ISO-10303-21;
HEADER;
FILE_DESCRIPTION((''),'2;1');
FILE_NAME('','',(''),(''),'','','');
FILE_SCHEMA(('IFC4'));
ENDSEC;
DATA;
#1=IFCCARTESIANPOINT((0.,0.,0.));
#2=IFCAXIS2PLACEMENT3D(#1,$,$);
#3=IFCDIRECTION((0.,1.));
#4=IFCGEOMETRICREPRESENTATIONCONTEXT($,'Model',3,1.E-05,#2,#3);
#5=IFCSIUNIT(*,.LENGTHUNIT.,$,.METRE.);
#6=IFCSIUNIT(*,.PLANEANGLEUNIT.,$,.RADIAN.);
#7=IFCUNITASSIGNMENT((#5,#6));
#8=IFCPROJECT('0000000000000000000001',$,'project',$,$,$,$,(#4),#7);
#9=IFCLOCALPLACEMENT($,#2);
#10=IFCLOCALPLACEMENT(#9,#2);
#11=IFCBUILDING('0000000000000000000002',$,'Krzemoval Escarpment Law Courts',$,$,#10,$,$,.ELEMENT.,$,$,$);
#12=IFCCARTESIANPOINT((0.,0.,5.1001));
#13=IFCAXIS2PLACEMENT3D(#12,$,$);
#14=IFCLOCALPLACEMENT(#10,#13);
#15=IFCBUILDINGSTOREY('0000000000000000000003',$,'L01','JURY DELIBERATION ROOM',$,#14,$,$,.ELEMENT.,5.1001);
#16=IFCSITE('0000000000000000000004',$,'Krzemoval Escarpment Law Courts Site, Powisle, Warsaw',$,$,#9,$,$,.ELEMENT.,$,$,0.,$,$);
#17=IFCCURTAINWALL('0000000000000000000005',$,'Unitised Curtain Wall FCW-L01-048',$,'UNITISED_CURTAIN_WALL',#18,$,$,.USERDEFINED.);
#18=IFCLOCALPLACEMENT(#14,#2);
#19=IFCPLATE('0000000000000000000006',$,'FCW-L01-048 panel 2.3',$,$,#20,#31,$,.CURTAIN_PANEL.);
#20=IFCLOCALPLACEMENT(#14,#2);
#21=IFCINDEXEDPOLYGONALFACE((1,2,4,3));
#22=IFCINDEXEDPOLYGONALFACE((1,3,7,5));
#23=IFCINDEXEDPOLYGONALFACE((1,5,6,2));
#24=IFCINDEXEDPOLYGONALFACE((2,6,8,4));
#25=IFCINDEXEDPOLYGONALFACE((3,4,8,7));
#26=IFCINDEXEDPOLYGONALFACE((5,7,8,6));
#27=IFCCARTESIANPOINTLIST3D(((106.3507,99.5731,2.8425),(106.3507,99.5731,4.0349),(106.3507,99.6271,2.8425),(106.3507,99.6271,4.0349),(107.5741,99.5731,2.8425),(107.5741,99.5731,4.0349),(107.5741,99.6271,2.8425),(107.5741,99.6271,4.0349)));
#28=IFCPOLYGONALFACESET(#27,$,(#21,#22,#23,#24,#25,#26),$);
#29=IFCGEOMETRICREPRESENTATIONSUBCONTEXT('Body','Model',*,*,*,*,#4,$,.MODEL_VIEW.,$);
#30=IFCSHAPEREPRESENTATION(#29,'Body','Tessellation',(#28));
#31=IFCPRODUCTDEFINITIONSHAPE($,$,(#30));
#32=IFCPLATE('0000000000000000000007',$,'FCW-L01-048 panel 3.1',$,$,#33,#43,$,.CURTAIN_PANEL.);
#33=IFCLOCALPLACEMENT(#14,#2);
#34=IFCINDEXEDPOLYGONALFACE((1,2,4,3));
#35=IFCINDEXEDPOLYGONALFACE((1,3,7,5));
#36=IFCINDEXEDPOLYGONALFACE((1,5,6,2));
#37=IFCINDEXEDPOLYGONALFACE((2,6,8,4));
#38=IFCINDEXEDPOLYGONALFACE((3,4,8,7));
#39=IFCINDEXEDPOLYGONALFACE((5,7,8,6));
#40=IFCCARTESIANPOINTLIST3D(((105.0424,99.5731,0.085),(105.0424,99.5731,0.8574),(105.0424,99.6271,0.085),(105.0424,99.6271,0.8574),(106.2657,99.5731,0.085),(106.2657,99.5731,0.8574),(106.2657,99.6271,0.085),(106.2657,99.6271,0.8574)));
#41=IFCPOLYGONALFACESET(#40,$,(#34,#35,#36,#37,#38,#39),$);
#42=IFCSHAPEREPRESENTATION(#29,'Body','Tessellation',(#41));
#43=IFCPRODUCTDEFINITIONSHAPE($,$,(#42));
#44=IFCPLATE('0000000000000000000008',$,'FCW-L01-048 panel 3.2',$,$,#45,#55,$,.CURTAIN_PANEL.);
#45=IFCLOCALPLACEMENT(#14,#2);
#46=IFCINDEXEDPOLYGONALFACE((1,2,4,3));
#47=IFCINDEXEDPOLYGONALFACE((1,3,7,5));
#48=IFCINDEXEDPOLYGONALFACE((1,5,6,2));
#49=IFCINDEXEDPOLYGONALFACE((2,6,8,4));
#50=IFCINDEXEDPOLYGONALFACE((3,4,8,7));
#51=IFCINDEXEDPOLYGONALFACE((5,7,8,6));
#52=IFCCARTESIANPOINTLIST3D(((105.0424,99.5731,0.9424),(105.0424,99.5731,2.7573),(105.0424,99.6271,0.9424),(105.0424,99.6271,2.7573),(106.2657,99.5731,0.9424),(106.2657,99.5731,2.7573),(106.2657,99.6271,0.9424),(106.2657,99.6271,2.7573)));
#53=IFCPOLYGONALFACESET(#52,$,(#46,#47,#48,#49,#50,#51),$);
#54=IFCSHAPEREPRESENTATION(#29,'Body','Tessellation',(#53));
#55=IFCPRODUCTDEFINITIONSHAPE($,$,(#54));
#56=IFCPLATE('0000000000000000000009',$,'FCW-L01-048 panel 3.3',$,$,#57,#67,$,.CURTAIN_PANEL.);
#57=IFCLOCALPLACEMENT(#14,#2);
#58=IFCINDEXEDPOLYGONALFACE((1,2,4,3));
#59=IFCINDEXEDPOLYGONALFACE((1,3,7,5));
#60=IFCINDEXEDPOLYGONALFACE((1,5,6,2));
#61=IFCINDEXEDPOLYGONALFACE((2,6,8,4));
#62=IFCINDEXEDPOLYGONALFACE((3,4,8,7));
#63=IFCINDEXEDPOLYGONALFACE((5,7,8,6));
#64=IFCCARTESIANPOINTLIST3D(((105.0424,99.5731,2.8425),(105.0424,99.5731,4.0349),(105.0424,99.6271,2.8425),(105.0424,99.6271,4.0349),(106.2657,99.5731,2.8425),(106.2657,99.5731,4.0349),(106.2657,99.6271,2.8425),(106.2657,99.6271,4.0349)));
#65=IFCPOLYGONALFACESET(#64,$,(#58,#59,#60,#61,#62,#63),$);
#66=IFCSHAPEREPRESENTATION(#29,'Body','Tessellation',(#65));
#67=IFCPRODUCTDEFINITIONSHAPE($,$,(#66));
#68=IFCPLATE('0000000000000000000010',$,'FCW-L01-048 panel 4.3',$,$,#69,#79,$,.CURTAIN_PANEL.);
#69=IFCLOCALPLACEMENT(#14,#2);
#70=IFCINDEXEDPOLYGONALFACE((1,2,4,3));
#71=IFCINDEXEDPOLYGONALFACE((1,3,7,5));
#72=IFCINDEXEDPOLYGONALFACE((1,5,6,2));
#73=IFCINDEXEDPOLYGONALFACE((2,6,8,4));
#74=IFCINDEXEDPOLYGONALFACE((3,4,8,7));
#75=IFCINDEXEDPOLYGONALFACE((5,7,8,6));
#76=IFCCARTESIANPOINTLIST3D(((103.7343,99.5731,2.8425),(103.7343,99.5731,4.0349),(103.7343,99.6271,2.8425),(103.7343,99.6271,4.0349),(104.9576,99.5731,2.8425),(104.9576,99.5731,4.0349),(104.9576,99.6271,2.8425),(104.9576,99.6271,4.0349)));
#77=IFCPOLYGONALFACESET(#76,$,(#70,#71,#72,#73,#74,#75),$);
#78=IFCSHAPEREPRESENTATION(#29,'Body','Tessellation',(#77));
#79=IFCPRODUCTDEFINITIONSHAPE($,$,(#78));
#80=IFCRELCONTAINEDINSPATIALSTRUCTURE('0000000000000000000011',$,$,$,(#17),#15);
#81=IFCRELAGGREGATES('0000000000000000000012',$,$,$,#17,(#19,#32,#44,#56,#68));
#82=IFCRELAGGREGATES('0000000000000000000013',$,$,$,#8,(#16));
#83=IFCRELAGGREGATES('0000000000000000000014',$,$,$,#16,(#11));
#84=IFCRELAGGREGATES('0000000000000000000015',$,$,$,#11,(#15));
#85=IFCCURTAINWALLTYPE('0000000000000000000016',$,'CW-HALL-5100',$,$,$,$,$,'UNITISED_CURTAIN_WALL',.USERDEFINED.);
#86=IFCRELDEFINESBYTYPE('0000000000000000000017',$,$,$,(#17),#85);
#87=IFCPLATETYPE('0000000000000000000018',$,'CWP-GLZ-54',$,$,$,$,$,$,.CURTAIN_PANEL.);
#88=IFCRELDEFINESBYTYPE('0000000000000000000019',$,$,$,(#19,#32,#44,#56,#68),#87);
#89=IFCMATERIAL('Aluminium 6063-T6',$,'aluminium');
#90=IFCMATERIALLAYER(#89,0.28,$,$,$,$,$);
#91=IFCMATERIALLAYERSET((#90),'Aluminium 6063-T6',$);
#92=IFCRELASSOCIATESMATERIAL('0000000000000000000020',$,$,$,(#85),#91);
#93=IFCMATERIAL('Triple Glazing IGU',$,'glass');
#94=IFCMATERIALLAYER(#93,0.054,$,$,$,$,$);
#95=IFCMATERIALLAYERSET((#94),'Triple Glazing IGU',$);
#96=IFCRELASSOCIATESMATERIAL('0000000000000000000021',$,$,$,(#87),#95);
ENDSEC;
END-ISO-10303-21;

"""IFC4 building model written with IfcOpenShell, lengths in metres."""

from ifc_helpers import new_model, si_unit, direction, frame, origin, origin_2d, place, context, subcontext, project, spatial, rectangle, extrude, material, layer, layer_set, type_object, element, aggregate, save


model = new_model("IFC4")

# Units and contexts
model_context = context("Model", 3, precision=1e-05, world=origin(), true_north=direction((0.0, 1.0)))
body_context = subcontext(model_context, "Body", "Model", "MODEL_VIEW")
ifc_project = project(units=[si_unit("LENGTHUNIT", "METRE"), si_unit("PLANEANGLEUNIT", "RADIAN")], contexts=[model_context])

# Site, building, storey
site_placement = place(None, origin())
site = spatial("IfcSite", under=ifc_project, at=site_placement, Name="Krzemoval Escarpment Law Courts Site, Powisle, Warsaw", CompositionType="ELEMENT", RefElevation=0.0)
building_placement = place(site_placement, origin())
building = spatial("IfcBuilding", under=site, at=building_placement, Name="Krzemoval Escarpment Law Courts", CompositionType="ELEMENT")
storey_placement = place(building_placement, frame((0.0, 0.0, 5.1001)))
storey = spatial("IfcBuildingStorey", under=building, at=storey_placement, Name="L01", Description="JURY DELIBERATION ROOM", CompositionType="ELEMENT", Elevation=5.1001)

# Curtain wall, plates
ifc_material_1 = material(Name="Aluminium 6063-T6", Category="aluminium")
ifc_layer_1 = layer(ifc_material_1, 0.28)
ifc_layer_set_1 = layer_set([ifc_layer_1], Name="Aluminium 6063-T6")
curtain_wall_type = type_object("IfcCurtainWallType", Name="CW-HALL-5100", ElementType="UNITISED_CURTAIN_WALL", PredefinedType="USERDEFINED", material=ifc_layer_set_1)
curtain_wall_placement = place(storey_placement, origin())
curtain_wall = element("IfcCurtainWall", 1, at=curtain_wall_placement, inside=storey, type_object=curtain_wall_type, Name="Unitised Curtain Wall FCW-L01-048", ObjectType="UNITISED_CURTAIN_WALL", PredefinedType="USERDEFINED")
ifc_material_2 = material(Name="Triple Glazing IGU", Category="glass")
ifc_layer_2 = layer(ifc_material_2, 0.054)
ifc_layer_set_2 = layer_set([ifc_layer_2], Name="Triple Glazing IGU")
plate_type = type_object("IfcPlateType", Name="CWP-GLZ-54", PredefinedType="CURTAIN_PANEL", material=ifc_layer_set_2)
plate_1_placement = place(storey_placement, frame((106.9624, 99.6001, 2.8425), z_axis=(0.0, 0.0, 1.0), x_axis=(-1.0, 0.0, 0.0)))
plate_1 = element("IfcPlate", 2, at=plate_1_placement, type_object=plate_type, Name="FCW-L01-048 panel 2.3", PredefinedType="CURTAIN_PANEL", context=body_context, shape_type="SweptSolid", body=[
    extrude(rectangle(XDim=1.2234, YDim=0.054, at=origin_2d()), origin(), (0.0, 0.0, 1.0), 1.1924),
])
plate_2_placement = place(storey_placement, frame((105.6541, 99.6001, 0.085), z_axis=(0.0, 0.0, 1.0), x_axis=(-1.0, 0.0, 0.0)))
plate_2 = element("IfcPlate", 3, at=plate_2_placement, type_object=plate_type, Name="FCW-L01-048 panel 3.1", PredefinedType="CURTAIN_PANEL", context=body_context, shape_type="SweptSolid", body=[
    extrude(rectangle(XDim=1.2234, YDim=0.054, at=origin_2d()), origin(), (0.0, 0.0, 1.0), 0.7725),
])
plate_3_placement = place(storey_placement, frame((105.6541, 99.6001, 0.9424), z_axis=(0.0, 0.0, 1.0), x_axis=(-1.0, 0.0, 0.0)))
plate_3 = element("IfcPlate", 4, at=plate_3_placement, type_object=plate_type, Name="FCW-L01-048 panel 3.2", PredefinedType="CURTAIN_PANEL", context=body_context, shape_type="SweptSolid", body=[
    extrude(rectangle(XDim=1.2234, YDim=0.054, at=origin_2d()), origin(), (0.0, 0.0, 1.0), 1.8149),
])
plate_4_placement = place(storey_placement, frame((105.6541, 99.6001, 2.8425), z_axis=(0.0, 0.0, 1.0), x_axis=(-1.0, 0.0, 0.0)))
plate_4 = element("IfcPlate", 5, at=plate_4_placement, type_object=plate_type, Name="FCW-L01-048 panel 3.3", PredefinedType="CURTAIN_PANEL", context=body_context, shape_type="SweptSolid", body=[
    extrude(rectangle(XDim=1.2234, YDim=0.054, at=origin_2d()), origin(), (0.0, 0.0, 1.0), 1.1924),
])
plate_5_placement = place(storey_placement, frame((104.3459, 99.6001, 2.8425), z_axis=(0.0, 0.0, 1.0), x_axis=(-1.0, 0.0, 0.0)))
plate_5 = element("IfcPlate", 6, at=plate_5_placement, type_object=plate_type, Name="FCW-L01-048 panel 4.3", PredefinedType="CURTAIN_PANEL", context=body_context, shape_type="SweptSolid", body=[
    extrude(rectangle(XDim=1.2234, YDim=0.054, at=origin_2d()), origin(), (0.0, 0.0, 1.0), 1.1924),
])
aggregate(curtain_wall, [plate_1, plate_2, plate_3, plate_4, plate_5])

save(model, "model.ifc")
